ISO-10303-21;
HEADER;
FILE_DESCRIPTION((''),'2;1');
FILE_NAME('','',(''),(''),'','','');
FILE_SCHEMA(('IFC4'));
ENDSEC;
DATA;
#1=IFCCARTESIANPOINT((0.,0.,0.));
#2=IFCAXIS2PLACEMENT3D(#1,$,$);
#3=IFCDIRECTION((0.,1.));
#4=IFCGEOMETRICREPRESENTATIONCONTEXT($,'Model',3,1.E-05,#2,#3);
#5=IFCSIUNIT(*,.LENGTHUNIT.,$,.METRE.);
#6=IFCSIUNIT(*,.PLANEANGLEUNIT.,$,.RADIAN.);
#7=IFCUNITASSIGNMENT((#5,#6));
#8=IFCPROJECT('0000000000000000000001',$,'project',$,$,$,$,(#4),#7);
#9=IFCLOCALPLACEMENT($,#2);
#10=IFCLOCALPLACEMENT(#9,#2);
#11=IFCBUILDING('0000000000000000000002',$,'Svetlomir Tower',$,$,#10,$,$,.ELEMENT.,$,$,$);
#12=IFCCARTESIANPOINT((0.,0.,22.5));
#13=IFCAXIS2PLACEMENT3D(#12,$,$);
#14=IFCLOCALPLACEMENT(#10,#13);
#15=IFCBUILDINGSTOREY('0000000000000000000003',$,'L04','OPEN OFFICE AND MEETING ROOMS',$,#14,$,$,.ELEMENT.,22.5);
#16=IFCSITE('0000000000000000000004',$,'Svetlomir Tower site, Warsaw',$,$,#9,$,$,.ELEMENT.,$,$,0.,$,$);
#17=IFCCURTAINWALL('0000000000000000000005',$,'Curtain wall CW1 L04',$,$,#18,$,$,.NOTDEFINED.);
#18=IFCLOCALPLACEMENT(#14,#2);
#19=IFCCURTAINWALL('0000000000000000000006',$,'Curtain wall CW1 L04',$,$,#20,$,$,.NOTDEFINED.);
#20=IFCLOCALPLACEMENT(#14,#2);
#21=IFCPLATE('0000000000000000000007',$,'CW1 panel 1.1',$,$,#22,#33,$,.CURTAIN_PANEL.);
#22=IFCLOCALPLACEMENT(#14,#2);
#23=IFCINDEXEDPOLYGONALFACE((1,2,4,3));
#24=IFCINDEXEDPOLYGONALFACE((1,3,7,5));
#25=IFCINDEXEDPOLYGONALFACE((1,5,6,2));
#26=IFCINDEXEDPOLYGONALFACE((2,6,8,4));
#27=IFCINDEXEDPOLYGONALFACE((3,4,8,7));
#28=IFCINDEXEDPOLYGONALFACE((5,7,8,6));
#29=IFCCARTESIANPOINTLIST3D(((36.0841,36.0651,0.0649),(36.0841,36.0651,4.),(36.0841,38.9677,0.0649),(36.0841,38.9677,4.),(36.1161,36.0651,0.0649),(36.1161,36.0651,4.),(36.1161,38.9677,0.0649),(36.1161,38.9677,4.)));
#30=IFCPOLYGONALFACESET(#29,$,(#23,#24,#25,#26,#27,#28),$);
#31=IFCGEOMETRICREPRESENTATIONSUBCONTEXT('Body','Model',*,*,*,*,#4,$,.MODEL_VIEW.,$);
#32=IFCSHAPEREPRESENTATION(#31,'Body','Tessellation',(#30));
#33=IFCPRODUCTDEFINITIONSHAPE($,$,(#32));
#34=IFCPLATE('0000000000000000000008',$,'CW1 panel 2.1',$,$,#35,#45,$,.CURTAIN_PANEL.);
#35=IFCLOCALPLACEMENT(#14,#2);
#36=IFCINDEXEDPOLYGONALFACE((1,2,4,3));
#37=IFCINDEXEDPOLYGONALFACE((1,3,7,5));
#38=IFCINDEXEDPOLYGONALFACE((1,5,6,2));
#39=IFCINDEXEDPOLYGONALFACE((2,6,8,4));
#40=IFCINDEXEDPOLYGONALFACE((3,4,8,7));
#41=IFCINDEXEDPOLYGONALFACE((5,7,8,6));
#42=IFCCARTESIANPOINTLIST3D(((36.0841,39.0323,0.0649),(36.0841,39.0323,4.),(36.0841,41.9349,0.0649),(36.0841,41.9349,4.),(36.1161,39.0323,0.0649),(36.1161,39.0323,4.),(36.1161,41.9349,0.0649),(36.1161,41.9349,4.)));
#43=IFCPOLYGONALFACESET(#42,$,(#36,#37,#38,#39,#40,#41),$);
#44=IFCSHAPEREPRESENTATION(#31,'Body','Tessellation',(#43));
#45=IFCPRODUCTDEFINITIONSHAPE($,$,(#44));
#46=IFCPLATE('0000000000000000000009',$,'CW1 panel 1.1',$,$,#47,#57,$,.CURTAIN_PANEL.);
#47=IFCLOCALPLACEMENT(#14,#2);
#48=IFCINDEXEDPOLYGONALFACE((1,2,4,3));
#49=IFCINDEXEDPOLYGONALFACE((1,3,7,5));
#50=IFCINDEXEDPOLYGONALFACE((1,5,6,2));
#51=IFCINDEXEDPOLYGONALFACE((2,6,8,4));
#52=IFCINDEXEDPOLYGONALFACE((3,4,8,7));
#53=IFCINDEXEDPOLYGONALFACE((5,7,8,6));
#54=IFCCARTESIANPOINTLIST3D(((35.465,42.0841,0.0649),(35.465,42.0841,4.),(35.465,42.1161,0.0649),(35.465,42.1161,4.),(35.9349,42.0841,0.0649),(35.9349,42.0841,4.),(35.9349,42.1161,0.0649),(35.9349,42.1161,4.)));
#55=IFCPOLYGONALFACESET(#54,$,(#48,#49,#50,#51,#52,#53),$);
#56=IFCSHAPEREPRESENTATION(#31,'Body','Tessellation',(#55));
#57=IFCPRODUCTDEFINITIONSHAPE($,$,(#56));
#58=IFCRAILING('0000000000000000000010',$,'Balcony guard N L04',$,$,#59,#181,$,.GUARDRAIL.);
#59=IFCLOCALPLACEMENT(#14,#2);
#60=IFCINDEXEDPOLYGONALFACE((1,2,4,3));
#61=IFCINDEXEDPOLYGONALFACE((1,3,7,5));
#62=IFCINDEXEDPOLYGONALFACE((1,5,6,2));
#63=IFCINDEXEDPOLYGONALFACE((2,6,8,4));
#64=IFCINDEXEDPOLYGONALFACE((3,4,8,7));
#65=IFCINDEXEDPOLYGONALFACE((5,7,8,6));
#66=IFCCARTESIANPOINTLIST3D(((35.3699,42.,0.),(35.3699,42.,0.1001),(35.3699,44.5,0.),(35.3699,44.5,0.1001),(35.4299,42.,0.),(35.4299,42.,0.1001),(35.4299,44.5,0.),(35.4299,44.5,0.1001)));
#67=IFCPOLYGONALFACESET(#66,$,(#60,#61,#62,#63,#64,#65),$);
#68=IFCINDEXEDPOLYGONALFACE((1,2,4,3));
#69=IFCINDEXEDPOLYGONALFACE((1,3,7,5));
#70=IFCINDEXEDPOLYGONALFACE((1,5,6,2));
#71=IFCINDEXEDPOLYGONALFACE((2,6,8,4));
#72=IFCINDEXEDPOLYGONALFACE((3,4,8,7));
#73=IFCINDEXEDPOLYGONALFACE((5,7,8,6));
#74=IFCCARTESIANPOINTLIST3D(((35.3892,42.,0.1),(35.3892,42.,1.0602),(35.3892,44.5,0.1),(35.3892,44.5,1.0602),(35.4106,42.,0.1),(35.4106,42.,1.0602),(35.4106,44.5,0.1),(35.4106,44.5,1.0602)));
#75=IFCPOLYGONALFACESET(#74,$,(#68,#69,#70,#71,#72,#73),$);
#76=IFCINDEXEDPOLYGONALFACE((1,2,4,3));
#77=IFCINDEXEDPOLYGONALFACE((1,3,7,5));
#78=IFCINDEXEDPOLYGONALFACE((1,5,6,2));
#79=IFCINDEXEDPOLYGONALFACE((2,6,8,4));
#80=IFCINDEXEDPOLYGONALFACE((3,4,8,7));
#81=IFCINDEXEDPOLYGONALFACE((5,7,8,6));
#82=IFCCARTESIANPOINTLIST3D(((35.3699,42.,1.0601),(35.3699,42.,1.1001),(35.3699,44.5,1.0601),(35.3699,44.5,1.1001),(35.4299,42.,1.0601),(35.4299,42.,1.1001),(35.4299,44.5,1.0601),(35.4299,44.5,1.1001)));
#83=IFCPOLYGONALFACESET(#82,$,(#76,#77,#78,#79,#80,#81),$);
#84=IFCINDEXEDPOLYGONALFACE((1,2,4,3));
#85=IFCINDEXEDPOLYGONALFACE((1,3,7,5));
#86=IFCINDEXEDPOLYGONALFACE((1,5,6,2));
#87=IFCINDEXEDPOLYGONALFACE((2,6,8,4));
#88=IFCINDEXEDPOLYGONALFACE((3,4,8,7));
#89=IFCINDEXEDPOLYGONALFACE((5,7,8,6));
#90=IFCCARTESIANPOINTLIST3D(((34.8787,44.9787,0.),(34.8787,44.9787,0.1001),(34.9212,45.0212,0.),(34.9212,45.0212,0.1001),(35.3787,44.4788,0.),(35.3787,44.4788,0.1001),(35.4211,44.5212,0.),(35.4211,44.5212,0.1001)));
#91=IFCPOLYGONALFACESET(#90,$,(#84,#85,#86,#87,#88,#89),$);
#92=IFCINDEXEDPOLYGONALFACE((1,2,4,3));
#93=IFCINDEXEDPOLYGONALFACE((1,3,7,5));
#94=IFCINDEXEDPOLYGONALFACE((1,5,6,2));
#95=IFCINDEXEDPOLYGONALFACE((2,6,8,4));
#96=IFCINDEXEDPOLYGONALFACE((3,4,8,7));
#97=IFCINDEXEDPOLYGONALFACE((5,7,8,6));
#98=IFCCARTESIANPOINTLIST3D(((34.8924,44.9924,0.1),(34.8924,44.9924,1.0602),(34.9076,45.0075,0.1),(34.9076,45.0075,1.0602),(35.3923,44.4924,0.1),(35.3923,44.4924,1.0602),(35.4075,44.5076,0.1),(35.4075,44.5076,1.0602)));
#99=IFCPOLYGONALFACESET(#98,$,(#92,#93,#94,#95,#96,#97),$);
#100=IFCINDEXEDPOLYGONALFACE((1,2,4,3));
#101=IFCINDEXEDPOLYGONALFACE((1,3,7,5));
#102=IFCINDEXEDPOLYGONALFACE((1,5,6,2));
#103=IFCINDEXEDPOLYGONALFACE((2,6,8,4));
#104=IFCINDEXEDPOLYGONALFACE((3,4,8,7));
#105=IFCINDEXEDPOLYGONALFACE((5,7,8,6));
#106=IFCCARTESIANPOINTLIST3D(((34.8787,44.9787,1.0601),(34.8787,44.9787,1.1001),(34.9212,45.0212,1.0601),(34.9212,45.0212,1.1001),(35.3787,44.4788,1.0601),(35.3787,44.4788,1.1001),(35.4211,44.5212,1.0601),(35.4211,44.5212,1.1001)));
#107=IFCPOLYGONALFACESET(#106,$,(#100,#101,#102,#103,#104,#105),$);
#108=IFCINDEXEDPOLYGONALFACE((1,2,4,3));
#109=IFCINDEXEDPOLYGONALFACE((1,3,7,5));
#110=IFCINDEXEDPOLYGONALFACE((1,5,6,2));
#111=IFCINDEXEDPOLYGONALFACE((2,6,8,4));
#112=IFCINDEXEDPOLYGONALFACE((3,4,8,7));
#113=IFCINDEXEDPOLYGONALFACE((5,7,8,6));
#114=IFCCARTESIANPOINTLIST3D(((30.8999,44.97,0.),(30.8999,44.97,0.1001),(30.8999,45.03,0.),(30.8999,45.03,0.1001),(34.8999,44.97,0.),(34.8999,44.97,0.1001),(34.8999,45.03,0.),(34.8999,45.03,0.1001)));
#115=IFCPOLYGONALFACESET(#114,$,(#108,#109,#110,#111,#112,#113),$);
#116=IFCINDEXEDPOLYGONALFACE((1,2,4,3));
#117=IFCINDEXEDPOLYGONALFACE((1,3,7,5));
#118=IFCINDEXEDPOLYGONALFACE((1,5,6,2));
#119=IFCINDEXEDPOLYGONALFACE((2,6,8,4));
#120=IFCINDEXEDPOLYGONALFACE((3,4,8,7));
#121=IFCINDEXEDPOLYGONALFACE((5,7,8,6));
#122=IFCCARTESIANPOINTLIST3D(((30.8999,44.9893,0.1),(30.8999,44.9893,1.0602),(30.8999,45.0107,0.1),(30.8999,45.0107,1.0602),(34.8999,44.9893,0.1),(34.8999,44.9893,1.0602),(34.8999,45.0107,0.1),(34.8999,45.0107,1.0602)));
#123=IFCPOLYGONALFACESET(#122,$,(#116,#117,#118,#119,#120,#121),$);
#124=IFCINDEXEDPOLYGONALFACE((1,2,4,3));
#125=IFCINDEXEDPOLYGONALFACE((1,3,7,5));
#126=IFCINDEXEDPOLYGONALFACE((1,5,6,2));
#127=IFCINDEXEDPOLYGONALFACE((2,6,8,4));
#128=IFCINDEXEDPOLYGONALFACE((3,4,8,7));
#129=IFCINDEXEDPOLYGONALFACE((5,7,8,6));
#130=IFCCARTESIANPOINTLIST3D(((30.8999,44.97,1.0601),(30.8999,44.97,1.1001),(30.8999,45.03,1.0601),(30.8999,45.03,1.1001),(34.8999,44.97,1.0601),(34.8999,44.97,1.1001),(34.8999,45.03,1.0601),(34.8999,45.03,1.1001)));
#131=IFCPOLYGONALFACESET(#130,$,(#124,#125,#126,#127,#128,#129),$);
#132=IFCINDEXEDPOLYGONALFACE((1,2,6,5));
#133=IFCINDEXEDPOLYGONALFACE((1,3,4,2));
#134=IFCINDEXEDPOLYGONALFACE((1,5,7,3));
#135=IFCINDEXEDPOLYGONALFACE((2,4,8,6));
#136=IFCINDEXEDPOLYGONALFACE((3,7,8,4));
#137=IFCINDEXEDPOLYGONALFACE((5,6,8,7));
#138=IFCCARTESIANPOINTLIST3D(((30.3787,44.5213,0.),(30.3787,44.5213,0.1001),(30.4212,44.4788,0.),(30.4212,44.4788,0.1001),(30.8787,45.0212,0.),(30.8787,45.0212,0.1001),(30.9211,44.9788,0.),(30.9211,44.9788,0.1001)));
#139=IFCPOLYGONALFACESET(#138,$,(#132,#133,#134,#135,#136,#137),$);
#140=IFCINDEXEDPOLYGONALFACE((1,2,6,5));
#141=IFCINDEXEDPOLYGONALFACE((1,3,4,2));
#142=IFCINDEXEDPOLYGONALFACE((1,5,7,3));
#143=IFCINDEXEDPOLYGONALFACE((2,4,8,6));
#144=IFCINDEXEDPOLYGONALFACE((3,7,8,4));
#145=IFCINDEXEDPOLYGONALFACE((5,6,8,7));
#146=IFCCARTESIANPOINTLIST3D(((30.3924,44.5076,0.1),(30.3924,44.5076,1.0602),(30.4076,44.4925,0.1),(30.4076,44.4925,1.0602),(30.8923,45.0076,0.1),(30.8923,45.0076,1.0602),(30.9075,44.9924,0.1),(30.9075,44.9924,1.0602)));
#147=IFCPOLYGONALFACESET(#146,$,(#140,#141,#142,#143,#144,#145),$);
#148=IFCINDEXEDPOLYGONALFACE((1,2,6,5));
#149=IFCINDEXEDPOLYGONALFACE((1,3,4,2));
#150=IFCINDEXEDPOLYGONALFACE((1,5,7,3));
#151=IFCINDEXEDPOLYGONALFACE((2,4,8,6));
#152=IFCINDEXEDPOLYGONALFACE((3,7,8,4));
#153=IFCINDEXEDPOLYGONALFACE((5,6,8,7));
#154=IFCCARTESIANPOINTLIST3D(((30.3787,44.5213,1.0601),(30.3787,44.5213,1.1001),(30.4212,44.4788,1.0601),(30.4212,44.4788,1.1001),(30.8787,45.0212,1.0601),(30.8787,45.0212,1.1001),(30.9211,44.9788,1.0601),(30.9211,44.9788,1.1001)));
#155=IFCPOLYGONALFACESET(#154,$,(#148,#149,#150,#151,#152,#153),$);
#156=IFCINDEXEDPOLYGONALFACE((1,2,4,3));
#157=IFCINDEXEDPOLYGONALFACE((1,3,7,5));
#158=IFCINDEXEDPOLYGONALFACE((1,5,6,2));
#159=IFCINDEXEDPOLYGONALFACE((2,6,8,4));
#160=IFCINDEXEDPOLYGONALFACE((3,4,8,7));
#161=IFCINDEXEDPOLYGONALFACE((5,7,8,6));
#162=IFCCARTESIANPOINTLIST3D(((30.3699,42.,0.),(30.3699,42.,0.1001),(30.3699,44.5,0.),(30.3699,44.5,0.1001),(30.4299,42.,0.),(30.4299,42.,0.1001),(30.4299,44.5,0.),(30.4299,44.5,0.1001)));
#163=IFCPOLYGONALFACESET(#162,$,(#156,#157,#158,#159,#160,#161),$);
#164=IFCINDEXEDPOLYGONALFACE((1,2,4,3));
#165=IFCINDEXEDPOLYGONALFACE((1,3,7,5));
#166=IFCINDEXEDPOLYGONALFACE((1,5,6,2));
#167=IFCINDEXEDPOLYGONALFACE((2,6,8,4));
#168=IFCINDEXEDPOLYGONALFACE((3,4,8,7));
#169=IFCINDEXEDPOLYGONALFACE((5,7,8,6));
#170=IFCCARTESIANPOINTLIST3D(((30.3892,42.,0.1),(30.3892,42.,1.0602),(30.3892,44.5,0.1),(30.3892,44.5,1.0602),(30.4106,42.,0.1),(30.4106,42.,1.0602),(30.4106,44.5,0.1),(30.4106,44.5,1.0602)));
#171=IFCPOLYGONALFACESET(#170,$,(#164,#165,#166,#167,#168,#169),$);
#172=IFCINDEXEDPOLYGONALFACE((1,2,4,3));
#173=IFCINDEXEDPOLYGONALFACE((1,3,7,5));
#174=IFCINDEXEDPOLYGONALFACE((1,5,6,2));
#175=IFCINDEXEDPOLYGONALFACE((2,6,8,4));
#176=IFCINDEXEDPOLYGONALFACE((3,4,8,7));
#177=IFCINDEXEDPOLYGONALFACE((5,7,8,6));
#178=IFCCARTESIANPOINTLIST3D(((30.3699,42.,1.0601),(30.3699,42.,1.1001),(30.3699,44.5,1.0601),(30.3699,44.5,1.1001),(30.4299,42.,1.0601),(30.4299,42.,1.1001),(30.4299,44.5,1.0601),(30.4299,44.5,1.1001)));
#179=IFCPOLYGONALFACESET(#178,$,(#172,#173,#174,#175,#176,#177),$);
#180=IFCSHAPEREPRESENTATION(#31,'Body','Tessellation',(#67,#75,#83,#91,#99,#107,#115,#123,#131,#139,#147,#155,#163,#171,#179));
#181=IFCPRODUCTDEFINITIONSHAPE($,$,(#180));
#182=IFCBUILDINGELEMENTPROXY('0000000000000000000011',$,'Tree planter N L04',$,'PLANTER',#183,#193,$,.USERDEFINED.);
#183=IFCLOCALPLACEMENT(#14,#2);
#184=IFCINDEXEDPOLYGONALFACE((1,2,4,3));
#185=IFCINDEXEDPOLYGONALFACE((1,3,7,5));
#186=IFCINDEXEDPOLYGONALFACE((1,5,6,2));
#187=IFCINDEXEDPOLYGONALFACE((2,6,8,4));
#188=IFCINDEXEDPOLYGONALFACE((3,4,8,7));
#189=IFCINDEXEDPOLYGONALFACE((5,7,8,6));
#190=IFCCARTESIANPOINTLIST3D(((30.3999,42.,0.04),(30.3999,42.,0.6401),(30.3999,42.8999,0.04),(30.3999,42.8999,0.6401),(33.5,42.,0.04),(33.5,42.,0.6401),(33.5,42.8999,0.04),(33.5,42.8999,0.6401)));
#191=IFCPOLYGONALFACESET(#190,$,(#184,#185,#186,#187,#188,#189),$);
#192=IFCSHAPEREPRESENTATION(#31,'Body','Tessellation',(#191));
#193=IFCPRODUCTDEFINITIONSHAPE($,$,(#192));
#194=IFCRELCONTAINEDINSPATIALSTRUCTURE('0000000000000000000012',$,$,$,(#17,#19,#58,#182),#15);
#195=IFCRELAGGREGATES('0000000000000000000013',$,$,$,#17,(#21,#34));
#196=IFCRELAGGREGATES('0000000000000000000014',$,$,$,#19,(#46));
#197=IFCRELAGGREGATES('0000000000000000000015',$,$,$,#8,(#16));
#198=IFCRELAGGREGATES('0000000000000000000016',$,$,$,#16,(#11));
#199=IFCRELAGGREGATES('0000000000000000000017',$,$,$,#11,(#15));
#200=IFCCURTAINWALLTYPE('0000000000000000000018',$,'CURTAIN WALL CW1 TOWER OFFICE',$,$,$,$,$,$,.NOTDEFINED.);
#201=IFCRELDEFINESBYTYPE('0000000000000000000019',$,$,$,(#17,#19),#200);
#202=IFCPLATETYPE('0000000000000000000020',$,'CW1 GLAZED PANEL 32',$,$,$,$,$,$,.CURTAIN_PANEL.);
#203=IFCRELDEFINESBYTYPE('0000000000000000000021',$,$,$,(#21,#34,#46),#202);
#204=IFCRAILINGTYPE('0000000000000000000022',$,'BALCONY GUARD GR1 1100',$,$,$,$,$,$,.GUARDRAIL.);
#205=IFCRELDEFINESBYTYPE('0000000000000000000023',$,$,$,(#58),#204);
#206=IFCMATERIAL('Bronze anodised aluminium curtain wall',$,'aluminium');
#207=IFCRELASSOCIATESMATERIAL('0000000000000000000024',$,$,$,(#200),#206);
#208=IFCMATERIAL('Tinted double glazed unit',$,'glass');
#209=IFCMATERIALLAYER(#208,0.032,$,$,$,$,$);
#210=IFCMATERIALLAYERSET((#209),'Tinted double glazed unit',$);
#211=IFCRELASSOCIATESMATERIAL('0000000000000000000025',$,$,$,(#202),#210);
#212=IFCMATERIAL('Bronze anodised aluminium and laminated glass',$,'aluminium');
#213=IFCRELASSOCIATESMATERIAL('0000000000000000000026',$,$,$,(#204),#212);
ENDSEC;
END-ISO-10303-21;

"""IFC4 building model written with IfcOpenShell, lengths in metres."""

from ifc_helpers import new_model, si_unit, direction, frame, origin, origin_2d, place, context, subcontext, project, spatial, rectangle, extrude, material, layer, layer_set, type_object, element, aggregate, save


model = new_model("IFC4")

# Units and contexts
model_context = context("Model", 3, precision=1e-05, world=origin(), true_north=direction((0.0, 1.0)))
body_context = subcontext(model_context, "Body", "Model", "MODEL_VIEW")
ifc_project = project(units=[si_unit("LENGTHUNIT", "METRE"), si_unit("PLANEANGLEUNIT", "RADIAN")], contexts=[model_context])

# Site, building, storey
site_placement = place(None, origin())
site = spatial("IfcSite", under=ifc_project, at=site_placement, Name="Svetlomir Tower site, Warsaw", CompositionType="ELEMENT", RefElevation=0.0)
building_placement = place(site_placement, origin())
building = spatial("IfcBuilding", under=site, at=building_placement, Name="Svetlomir Tower", CompositionType="ELEMENT")
storey_placement = place(building_placement, frame((0.0, 0.0, 22.5)))
storey = spatial("IfcBuildingStorey", under=building, at=storey_placement, Name="L04", Description="OPEN OFFICE AND MEETING ROOMS", CompositionType="ELEMENT", Elevation=22.5)

# Shared definitions
ifc_material_1 = material(Name="Bronze anodised aluminium curtain wall", Category="aluminium")
curtain_wall_type = type_object("IfcCurtainWallType", Name="CURTAIN WALL CW1 TOWER OFFICE", PredefinedType="NOTDEFINED", material=ifc_material_1)

# Curtain walls
curtain_wall_1_placement = place(storey_placement, origin())
curtain_wall_1 = element("IfcCurtainWall", 1, at=curtain_wall_1_placement, inside=storey, type_object=curtain_wall_type, Name="Curtain wall CW1 L04", PredefinedType="NOTDEFINED")
curtain_wall_2_placement = place(storey_placement, origin())
curtain_wall_2 = element("IfcCurtainWall", 2, at=curtain_wall_2_placement, inside=storey, type_object=curtain_wall_type, Name="Curtain wall CW1 L04", PredefinedType="NOTDEFINED")

# Plates
ifc_material_2 = material(Name="Tinted double glazed unit", Category="glass")
ifc_layer_1 = layer(ifc_material_2, 0.032)
ifc_layer_set_1 = layer_set([ifc_layer_1], Name="Tinted double glazed unit")
plate_type = type_object("IfcPlateType", Name="CW1 GLAZED PANEL 32", PredefinedType="CURTAIN_PANEL", material=ifc_layer_set_1)
plate_1_placement = place(storey_placement, frame((36.1001, 37.5164, 0.0649), z_axis=(0.0, 0.0, 1.0), x_axis=(0.0, 1.0, 0.0)))
plate_1 = element("IfcPlate", 3, at=plate_1_placement, type_object=plate_type, Name="CW1 panel 1.1", PredefinedType="CURTAIN_PANEL", context=body_context, shape_type="SweptSolid", body=[
    extrude(rectangle(XDim=2.9026, YDim=0.032, at=origin_2d()), origin(), (0.0, 0.0, 1.0), 3.9351),
])
plate_2_placement = place(storey_placement, frame((36.1001, 40.4836, 0.0649), z_axis=(0.0, 0.0, 1.0), x_axis=(0.0, 1.0, 0.0)))
plate_2 = element("IfcPlate", 4, at=plate_2_placement, type_object=plate_type, Name="CW1 panel 2.1", PredefinedType="CURTAIN_PANEL", context=body_context, shape_type="SweptSolid", body=[
    extrude(rectangle(XDim=2.9026, YDim=0.032, at=origin_2d()), origin(), (0.0, 0.0, 1.0), 3.9351),
])
aggregate(curtain_wall_1, [plate_1, plate_2])
plate_3_placement = place(storey_placement, frame((35.7, 42.1001, 0.0649), z_axis=(0.0, 0.0, 1.0), x_axis=(-1.0, 0.0, 0.0)))
plate_3 = element("IfcPlate", 5, at=plate_3_placement, type_object=plate_type, Name="CW1 panel 1.1", PredefinedType="CURTAIN_PANEL", context=body_context, shape_type="SweptSolid", body=[
    extrude(rectangle(XDim=0.47, YDim=0.032, at=origin_2d()), origin(), (0.0, 0.0, 1.0), 3.9351),
])
aggregate(curtain_wall_2, [plate_3])

# Railing
ifc_material_3 = material(Name="Bronze anodised aluminium and laminated glass", Category="aluminium")
railing_type = type_object("IfcRailingType", Name="BALCONY GUARD GR1 1100", PredefinedType="GUARDRAIL", material=ifc_material_3)
railing_placement = place(storey_placement, frame((35.3999, 42.0, 0.0)))
element("IfcRailing", 6, at=railing_placement, inside=storey, type_object=railing_type, Name="Balcony guard N L04", PredefinedType="GUARDRAIL", context=body_context, shape_type="SweptSolid", body=[
    extrude(rectangle(XDim=0.0601, YDim=0.1001, at=origin_2d()), frame((0.0, 0.0, 0.05), z_axis=(0.0, 1.0, 0.0), x_axis=(-1.0, 0.0, 0.0)), (0.0, 0.0, 1.0), 2.5),
    extrude(rectangle(XDim=0.0215, YDim=0.9602, at=origin_2d()), frame((0.0, 0.0, 0.5801), z_axis=(0.0, 1.0, 0.0), x_axis=(-1.0, 0.0, 0.0)), (0.0, 0.0, 1.0), 2.5),
    extrude(rectangle(XDim=0.0601, YDim=0.04, at=origin_2d()), frame((0.0, 0.0, 1.0801), z_axis=(0.0, 1.0, 0.0), x_axis=(-1.0, 0.0, 0.0)), (0.0, 0.0, 1.0), 2.5),
    extrude(rectangle(XDim=0.0601, YDim=0.1001, at=origin_2d()), frame((0.0, 2.5, 0.05), z_axis=(-0.707107, 0.707107, 0.0), x_axis=(-0.707107, -0.707107, 0.0)), (0.0, 0.0, 1.0), 0.707),
    extrude(rectangle(XDim=0.0215, YDim=0.9602, at=origin_2d()), frame((0.0, 2.5, 0.5801), z_axis=(-0.707107, 0.707107, 0.0), x_axis=(-0.707107, -0.707107, 0.0)), (0.0, 0.0, 1.0), 0.707),
    extrude(rectangle(XDim=0.0601, YDim=0.04, at=origin_2d()), frame((0.0, 2.5, 1.0801), z_axis=(-0.707107, 0.707107, 0.0), x_axis=(-0.707107, -0.707107, 0.0)), (0.0, 0.0, 1.0), 0.707),
    extrude(rectangle(XDim=0.0601, YDim=0.1001, at=origin_2d()), frame((-0.5, 3.0, 0.05), z_axis=(-1.0, 0.0, 0.0), x_axis=(0.0, -1.0, 0.0)), (0.0, 0.0, 1.0), 4.0),
    extrude(rectangle(XDim=0.0215, YDim=0.9602, at=origin_2d()), frame((-0.5, 3.0, 0.5801), z_axis=(-1.0, 0.0, 0.0), x_axis=(0.0, -1.0, 0.0)), (0.0, 0.0, 1.0), 4.0),
    extrude(rectangle(XDim=0.0601, YDim=0.04, at=origin_2d()), frame((-0.5, 3.0, 1.0801), z_axis=(-1.0, 0.0, 0.0), x_axis=(0.0, -1.0, 0.0)), (0.0, 0.0, 1.0), 4.0),
    extrude(rectangle(XDim=0.0601, YDim=0.1001, at=origin_2d()), frame((-4.5, 3.0, 0.05), z_axis=(-0.707107, -0.707107, 0.0), x_axis=(0.707107, -0.707107, 0.0)), (0.0, 0.0, 1.0), 0.707),
    extrude(rectangle(XDim=0.0215, YDim=0.9602, at=origin_2d()), frame((-4.5, 3.0, 0.5801), z_axis=(-0.707107, -0.707107, 0.0), x_axis=(0.707107, -0.707107, 0.0)), (0.0, 0.0, 1.0), 0.707),
    extrude(rectangle(XDim=0.0601, YDim=0.04, at=origin_2d()), frame((-4.5, 3.0, 1.0801), z_axis=(-0.707107, -0.707107, 0.0), x_axis=(0.707107, -0.707107, 0.0)), (0.0, 0.0, 1.0), 0.707),
    extrude(rectangle(XDim=0.0601, YDim=0.1001, at=origin_2d()), frame((-5.0, 2.5, 0.05), z_axis=(0.0, -1.0, 0.0), x_axis=(1.0, 0.0, 0.0)), (0.0, 0.0, 1.0), 2.5),
    extrude(rectangle(XDim=0.0215, YDim=0.9602, at=origin_2d()), frame((-5.0, 2.5, 0.5801), z_axis=(0.0, -1.0, 0.0), x_axis=(1.0, 0.0, 0.0)), (0.0, 0.0, 1.0), 2.5),
    extrude(rectangle(XDim=0.0601, YDim=0.04, at=origin_2d()), frame((-5.0, 2.5, 1.0801), z_axis=(0.0, -1.0, 0.0), x_axis=(1.0, 0.0, 0.0)), (0.0, 0.0, 1.0), 2.5),
])

# Building element proxy
proxy_placement = place(storey_placement, frame((31.95, 42.45, 0.04), z_axis=(0.0, 0.0, 1.0), x_axis=(1.0, 0.0, 0.0)))
element("IfcBuildingElementProxy", 7, at=proxy_placement, inside=storey, Name="Tree planter N L04", ObjectType="PLANTER", PredefinedType="USERDEFINED", context=body_context, shape_type="SweptSolid", body=[
    extrude(rectangle(XDim=3.1001, YDim=0.8999, at=origin_2d()), origin(), (0.0, 0.0, 1.0), 0.6001),
])

save(model, "model.ifc")
